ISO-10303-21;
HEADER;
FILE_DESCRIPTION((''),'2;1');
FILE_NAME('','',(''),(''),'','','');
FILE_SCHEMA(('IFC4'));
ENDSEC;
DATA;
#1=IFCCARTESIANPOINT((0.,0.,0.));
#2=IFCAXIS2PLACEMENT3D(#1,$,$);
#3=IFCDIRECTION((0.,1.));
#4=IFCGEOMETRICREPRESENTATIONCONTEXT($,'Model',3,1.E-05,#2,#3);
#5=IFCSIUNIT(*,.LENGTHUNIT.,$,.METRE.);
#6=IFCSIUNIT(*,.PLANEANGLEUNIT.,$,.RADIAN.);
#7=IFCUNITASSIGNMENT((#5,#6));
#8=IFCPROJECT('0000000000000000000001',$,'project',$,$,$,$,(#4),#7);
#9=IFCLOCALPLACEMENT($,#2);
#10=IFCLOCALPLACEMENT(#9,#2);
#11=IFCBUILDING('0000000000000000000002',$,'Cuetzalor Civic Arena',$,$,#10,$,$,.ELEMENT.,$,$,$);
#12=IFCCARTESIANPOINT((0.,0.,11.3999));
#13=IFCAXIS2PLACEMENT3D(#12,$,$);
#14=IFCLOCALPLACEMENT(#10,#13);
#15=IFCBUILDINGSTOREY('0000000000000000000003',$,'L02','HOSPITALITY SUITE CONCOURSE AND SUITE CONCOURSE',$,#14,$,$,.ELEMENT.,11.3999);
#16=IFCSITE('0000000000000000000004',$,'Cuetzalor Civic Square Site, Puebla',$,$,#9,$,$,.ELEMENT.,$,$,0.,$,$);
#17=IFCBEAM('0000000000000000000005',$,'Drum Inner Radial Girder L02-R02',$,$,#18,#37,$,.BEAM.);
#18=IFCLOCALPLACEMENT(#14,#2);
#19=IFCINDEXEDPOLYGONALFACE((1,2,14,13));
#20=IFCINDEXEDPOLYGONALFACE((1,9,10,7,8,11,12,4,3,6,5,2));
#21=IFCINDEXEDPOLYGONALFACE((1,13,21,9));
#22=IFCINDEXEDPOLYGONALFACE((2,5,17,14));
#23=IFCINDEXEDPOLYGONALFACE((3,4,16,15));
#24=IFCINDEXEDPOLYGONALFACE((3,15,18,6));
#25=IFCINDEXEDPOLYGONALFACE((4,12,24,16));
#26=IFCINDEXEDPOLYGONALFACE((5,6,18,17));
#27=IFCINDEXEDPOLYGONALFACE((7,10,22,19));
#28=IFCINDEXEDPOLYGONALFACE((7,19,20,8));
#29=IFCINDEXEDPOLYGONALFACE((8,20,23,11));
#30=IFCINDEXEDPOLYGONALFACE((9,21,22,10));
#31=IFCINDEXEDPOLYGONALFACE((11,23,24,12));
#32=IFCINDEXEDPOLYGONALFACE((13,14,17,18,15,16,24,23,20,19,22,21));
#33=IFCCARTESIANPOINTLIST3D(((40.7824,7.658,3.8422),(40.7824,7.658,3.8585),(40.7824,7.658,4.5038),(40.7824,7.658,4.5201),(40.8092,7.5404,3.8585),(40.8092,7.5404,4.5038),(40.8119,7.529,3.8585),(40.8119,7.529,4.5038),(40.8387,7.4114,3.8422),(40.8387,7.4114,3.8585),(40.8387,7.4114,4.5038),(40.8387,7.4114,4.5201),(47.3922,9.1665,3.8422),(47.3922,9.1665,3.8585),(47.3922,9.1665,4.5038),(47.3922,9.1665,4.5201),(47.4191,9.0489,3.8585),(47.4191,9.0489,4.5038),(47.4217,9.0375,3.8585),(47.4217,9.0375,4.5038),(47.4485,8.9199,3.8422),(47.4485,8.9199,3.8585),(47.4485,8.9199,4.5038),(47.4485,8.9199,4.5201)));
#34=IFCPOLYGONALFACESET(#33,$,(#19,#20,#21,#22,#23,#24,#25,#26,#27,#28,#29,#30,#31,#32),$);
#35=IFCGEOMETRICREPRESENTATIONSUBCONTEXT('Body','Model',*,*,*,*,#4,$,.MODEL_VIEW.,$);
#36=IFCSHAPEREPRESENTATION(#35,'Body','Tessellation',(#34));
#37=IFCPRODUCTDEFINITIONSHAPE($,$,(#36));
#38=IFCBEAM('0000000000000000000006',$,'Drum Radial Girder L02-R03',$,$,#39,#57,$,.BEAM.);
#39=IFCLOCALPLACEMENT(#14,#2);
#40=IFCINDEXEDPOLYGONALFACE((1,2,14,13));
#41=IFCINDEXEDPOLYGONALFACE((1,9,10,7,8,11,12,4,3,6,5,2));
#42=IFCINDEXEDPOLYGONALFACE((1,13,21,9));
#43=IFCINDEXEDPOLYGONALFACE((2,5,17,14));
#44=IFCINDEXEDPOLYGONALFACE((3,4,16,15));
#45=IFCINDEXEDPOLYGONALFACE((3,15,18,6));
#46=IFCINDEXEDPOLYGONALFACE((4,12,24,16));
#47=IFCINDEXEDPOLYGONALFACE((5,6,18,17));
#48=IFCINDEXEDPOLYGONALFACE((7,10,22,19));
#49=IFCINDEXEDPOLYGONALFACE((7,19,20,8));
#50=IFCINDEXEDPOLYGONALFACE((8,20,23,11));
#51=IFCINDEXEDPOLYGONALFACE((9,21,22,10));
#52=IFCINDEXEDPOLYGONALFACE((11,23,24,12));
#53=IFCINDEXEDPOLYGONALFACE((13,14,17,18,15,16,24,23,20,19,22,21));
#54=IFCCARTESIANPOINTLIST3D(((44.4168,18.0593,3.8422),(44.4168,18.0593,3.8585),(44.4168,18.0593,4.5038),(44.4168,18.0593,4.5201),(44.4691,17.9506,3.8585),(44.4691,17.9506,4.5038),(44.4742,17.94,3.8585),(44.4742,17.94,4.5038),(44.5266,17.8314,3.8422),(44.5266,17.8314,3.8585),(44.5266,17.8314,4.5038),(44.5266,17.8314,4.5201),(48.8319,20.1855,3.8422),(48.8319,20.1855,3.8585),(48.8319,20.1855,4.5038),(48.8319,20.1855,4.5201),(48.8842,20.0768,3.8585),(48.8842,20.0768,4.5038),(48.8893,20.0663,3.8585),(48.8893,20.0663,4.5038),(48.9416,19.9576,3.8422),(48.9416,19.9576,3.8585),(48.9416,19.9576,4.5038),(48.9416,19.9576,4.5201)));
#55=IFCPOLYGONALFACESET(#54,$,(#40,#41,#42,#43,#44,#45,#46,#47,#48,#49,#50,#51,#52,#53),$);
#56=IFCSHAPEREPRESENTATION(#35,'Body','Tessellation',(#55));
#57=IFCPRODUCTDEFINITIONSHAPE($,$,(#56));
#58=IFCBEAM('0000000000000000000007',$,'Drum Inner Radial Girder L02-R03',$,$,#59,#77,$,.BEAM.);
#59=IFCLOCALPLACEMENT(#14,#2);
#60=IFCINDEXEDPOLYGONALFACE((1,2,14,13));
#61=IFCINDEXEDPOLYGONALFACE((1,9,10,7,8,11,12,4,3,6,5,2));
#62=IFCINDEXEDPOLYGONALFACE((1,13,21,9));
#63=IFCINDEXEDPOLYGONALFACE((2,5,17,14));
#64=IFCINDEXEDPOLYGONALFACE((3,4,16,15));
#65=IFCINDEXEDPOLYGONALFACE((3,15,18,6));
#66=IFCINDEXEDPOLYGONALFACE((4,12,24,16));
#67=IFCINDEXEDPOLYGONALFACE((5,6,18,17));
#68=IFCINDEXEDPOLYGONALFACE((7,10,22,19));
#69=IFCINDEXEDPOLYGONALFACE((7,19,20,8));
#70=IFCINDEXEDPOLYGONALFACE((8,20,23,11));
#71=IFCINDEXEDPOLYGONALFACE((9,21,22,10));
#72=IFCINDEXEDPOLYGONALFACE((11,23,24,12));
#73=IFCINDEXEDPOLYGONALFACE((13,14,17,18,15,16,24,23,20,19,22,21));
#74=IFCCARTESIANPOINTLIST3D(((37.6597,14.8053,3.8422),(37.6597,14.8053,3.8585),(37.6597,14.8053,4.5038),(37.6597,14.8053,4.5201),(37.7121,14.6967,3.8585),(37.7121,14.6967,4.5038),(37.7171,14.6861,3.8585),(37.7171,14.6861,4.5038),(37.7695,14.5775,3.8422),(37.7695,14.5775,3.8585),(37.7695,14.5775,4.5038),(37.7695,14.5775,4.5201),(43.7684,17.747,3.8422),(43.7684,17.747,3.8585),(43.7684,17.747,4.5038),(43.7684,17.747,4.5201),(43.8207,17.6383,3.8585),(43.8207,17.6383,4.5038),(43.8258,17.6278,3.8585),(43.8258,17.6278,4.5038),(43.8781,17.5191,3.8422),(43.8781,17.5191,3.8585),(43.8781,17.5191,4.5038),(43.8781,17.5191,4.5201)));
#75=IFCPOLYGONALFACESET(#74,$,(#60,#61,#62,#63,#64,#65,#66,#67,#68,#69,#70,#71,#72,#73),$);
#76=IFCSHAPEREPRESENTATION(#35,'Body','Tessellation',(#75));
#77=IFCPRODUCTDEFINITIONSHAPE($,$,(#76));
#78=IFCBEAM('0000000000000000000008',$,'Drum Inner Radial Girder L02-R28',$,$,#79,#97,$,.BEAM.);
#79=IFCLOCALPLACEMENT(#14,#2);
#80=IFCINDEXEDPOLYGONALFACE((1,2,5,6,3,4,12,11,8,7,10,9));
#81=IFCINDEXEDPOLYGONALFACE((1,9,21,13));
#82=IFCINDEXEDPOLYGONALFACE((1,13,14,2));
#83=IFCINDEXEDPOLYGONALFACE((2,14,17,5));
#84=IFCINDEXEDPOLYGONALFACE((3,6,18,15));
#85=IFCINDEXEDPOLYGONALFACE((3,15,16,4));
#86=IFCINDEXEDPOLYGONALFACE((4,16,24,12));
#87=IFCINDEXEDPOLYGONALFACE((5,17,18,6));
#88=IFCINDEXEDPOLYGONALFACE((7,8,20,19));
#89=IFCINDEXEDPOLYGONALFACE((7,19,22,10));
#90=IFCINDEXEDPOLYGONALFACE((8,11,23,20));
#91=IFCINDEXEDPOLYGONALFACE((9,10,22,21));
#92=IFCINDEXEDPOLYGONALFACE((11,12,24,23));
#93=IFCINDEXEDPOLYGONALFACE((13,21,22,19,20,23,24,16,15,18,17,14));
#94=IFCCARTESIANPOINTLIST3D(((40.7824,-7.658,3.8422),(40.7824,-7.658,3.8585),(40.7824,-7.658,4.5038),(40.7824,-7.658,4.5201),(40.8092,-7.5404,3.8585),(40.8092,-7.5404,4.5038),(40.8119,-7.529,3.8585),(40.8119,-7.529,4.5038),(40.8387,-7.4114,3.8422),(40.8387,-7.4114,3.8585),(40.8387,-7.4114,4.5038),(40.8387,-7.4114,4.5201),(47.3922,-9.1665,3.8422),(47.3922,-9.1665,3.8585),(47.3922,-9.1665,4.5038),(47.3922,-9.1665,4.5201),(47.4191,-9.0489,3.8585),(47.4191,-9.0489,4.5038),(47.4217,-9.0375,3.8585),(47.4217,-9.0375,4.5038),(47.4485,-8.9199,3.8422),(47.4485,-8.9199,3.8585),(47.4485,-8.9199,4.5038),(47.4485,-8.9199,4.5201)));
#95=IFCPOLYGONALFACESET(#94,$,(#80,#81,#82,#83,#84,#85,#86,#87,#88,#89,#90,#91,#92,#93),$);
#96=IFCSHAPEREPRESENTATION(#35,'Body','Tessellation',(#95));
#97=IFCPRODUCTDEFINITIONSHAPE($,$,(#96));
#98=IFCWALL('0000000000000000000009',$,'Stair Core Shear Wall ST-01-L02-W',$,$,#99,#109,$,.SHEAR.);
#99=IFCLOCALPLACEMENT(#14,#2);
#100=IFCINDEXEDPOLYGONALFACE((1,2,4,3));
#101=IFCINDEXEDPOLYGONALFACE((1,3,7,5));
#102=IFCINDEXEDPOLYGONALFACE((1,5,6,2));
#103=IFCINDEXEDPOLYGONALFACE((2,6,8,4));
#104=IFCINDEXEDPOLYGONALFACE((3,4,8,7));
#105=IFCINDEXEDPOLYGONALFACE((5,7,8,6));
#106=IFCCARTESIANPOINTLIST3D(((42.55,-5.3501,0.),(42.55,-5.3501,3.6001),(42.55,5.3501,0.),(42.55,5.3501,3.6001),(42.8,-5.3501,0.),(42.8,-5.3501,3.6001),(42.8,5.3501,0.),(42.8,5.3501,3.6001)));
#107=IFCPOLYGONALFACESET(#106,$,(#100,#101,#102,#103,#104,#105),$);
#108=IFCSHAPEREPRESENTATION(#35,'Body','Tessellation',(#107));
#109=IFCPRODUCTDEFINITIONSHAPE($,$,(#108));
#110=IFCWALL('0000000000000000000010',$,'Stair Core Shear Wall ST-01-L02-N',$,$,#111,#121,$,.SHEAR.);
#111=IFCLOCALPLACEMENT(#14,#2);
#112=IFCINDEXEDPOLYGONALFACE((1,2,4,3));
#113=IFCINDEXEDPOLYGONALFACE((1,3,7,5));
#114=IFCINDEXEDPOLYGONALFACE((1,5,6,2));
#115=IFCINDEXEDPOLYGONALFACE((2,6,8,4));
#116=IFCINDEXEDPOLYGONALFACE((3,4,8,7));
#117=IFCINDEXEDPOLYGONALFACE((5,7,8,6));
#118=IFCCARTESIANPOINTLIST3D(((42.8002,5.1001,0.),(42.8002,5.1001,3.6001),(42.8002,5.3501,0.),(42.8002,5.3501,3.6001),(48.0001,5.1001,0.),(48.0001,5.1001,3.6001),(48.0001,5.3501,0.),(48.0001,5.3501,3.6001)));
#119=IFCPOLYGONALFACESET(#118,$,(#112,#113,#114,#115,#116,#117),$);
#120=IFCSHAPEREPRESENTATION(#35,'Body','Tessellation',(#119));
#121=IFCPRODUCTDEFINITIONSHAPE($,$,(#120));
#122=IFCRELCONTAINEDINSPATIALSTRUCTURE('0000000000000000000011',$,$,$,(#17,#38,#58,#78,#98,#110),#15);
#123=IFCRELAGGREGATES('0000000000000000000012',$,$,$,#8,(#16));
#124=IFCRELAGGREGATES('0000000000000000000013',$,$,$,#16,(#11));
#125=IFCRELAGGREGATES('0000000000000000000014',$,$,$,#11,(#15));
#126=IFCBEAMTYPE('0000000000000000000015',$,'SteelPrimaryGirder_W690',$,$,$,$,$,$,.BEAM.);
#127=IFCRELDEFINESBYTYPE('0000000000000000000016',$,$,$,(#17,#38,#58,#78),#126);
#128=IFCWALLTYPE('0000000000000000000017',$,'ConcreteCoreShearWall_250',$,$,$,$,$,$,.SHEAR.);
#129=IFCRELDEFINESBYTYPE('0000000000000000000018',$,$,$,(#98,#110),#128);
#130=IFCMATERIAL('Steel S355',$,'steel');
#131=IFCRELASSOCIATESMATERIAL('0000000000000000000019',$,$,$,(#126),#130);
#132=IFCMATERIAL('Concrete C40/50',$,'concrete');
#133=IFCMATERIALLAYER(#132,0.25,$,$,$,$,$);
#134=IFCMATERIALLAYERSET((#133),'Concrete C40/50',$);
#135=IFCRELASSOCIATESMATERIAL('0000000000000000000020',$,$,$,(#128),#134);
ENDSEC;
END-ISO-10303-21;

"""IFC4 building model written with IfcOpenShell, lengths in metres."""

from ifc_helpers import new_model, si_unit, direction, frame, frame_2d, origin, origin_2d, place, context, subcontext, project, spatial, rectangle, i_section, extrude, material, layer, layer_set, material_profile, profile_set, type_object, element, save


model = new_model("IFC4")

# Units and contexts
model_context = context("Model", 3, precision=1e-05, world=origin(), true_north=direction((0.0, 1.0)))
body_context = subcontext(model_context, "Body", "Model", "MODEL_VIEW")
ifc_project = project(units=[si_unit("LENGTHUNIT", "METRE"), si_unit("PLANEANGLEUNIT", "RADIAN")], contexts=[model_context])

# Site, building, storey
site_placement = place(None, origin())
site = spatial("IfcSite", under=ifc_project, at=site_placement, Name="Cuetzalor Civic Square Site, Puebla", CompositionType="ELEMENT", RefElevation=0.0)
building_placement = place(site_placement, origin())
building = spatial("IfcBuilding", under=site, at=building_placement, Name="Cuetzalor Civic Arena", CompositionType="ELEMENT")
storey_placement = place(building_placement, frame((0.0, 0.0, 11.3999)))
storey = spatial("IfcBuildingStorey", under=building, at=storey_placement, Name="L02", Description="HOSPITALITY SUITE CONCOURSE AND SUITE CONCOURSE", CompositionType="ELEMENT", Elevation=11.3999)

# Beams
ifc_material_1 = material(Name="Steel S355", Category="steel")
ifc_material_profile_1 = material_profile(ifc_material_1, i_section(OverallWidth=0.2529, OverallDepth=0.678, WebThickness=0.0117, FlangeThickness=0.0164, at=origin_2d()), Name="W690x125")
ifc_profile_set_1 = profile_set([ifc_material_profile_1], Name="Steel S355")
beam_type_1 = type_object("IfcBeamType", Name="SteelPrimaryGirder_W690", PredefinedType="BEAM", material=ifc_profile_set_1)
for number, where, z_axis, x_axis, name in (
    (1, (40.8105, 7.5347, 4.1812), (0.974932, 0.222505, 0.0), (-0.222505, 0.974932, 0.0), "Drum Inner Radial Girder L02-R02"),
):
    element("IfcBeam", number, at=place(storey_placement, frame(where, z_axis=z_axis, x_axis=x_axis)), inside=storey, type_object=beam_type_1, Name=name, PredefinedType="BEAM", context=body_context, shape_type="SweptSolid", body=[
        extrude(i_section(OverallWidth=0.2529, OverallDepth=0.678, WebThickness=0.0117, FlangeThickness=0.0164, at=origin_2d()), origin(), (0.0, 0.0, 1.0), 6.7798),
    ])
beam_1_placement = place(storey_placement, frame((44.4717, 17.9453, 4.1812), z_axis=(0.900965, 0.433892, 0.0), x_axis=(-0.433892, 0.900965, 0.0)))
element("IfcBeam", 2, at=beam_1_placement, inside=storey, type_object=beam_type_1, Name="Drum Radial Girder L02-R03", PredefinedType="BEAM", context=body_context, shape_type="SweptSolid", body=[
    extrude(i_section(OverallWidth=0.2529, OverallDepth=0.678, WebThickness=0.0117, FlangeThickness=0.0164, at=origin_2d()), origin(), (0.0, 0.0, 1.0), 4.9004),
])
beam_2_placement = place(storey_placement, frame((37.7146, 14.6914, 4.1812), z_axis=(0.900976, 0.43387, 0.0), x_axis=(-0.43387, 0.900976, 0.0)))
element("IfcBeam", 3, at=beam_2_placement, inside=storey, type_object=beam_type_1, Name="Drum Inner Radial Girder L02-R03", PredefinedType="BEAM", context=body_context, shape_type="SweptSolid", body=[
    extrude(i_section(OverallWidth=0.2529, OverallDepth=0.678, WebThickness=0.0117, FlangeThickness=0.0164, at=origin_2d()), origin(), (0.0, 0.0, 1.0), 6.78),
])
beam_3_placement = place(storey_placement, frame((40.8105, -7.5347, 4.1812), z_axis=(0.974932, -0.222505, 0.0), x_axis=(0.222505, 0.974932, 0.0)))
element("IfcBeam", 4, at=beam_3_placement, inside=storey, type_object=beam_type_1, Name="Drum Inner Radial Girder L02-R28", PredefinedType="BEAM", context=body_context, shape_type="SweptSolid", body=[
    extrude(i_section(OverallWidth=0.2529, OverallDepth=0.678, WebThickness=0.0117, FlangeThickness=0.0164, at=origin_2d()), origin(), (0.0, 0.0, 1.0), 6.7798),
])

# Walls
ifc_material_2 = material(Name="Concrete C40/50", Category="concrete")
ifc_layer = layer(ifc_material_2, 0.25)
ifc_layer_set = layer_set([ifc_layer], Name="Concrete C40/50")
wall_type = type_object("IfcWallType", Name="ConcreteCoreShearWall_250", PredefinedType="SHEAR", material=ifc_layer_set)
wall_1_placement = place(storey_placement, frame((42.675, -5.3501, 0.0), z_axis=(0.0, 0.0, 1.0), x_axis=(0.0, 1.0, 0.0)))
element("IfcWall", 5, at=wall_1_placement, inside=storey, type_object=wall_type, Name="Stair Core Shear Wall ST-01-L02-W", PredefinedType="SHEAR", context=body_context, shape_type="SweptSolid", body=[
    extrude(rectangle(XDim=10.7002, YDim=0.25, at=frame_2d((5.3501, 0.0))), origin(), (0.0, 0.0, 1.0), 3.6001),
])
wall_2_placement = place(storey_placement, frame((42.8, 5.2251, 0.0), z_axis=(0.0, 0.0, 1.0), x_axis=(1.0, 0.0, 0.0)))
element("IfcWall", 6, at=wall_2_placement, inside=storey, type_object=wall_type, Name="Stair Core Shear Wall ST-01-L02-N", PredefinedType="SHEAR", context=body_context, shape_type="SweptSolid", body=[
    extrude(rectangle(XDim=5.2, YDim=0.25, at=frame_2d((2.6001, 0.0))), origin(), (0.0, 0.0, 1.0), 3.6001),
])

save(model, "model.ifc")
